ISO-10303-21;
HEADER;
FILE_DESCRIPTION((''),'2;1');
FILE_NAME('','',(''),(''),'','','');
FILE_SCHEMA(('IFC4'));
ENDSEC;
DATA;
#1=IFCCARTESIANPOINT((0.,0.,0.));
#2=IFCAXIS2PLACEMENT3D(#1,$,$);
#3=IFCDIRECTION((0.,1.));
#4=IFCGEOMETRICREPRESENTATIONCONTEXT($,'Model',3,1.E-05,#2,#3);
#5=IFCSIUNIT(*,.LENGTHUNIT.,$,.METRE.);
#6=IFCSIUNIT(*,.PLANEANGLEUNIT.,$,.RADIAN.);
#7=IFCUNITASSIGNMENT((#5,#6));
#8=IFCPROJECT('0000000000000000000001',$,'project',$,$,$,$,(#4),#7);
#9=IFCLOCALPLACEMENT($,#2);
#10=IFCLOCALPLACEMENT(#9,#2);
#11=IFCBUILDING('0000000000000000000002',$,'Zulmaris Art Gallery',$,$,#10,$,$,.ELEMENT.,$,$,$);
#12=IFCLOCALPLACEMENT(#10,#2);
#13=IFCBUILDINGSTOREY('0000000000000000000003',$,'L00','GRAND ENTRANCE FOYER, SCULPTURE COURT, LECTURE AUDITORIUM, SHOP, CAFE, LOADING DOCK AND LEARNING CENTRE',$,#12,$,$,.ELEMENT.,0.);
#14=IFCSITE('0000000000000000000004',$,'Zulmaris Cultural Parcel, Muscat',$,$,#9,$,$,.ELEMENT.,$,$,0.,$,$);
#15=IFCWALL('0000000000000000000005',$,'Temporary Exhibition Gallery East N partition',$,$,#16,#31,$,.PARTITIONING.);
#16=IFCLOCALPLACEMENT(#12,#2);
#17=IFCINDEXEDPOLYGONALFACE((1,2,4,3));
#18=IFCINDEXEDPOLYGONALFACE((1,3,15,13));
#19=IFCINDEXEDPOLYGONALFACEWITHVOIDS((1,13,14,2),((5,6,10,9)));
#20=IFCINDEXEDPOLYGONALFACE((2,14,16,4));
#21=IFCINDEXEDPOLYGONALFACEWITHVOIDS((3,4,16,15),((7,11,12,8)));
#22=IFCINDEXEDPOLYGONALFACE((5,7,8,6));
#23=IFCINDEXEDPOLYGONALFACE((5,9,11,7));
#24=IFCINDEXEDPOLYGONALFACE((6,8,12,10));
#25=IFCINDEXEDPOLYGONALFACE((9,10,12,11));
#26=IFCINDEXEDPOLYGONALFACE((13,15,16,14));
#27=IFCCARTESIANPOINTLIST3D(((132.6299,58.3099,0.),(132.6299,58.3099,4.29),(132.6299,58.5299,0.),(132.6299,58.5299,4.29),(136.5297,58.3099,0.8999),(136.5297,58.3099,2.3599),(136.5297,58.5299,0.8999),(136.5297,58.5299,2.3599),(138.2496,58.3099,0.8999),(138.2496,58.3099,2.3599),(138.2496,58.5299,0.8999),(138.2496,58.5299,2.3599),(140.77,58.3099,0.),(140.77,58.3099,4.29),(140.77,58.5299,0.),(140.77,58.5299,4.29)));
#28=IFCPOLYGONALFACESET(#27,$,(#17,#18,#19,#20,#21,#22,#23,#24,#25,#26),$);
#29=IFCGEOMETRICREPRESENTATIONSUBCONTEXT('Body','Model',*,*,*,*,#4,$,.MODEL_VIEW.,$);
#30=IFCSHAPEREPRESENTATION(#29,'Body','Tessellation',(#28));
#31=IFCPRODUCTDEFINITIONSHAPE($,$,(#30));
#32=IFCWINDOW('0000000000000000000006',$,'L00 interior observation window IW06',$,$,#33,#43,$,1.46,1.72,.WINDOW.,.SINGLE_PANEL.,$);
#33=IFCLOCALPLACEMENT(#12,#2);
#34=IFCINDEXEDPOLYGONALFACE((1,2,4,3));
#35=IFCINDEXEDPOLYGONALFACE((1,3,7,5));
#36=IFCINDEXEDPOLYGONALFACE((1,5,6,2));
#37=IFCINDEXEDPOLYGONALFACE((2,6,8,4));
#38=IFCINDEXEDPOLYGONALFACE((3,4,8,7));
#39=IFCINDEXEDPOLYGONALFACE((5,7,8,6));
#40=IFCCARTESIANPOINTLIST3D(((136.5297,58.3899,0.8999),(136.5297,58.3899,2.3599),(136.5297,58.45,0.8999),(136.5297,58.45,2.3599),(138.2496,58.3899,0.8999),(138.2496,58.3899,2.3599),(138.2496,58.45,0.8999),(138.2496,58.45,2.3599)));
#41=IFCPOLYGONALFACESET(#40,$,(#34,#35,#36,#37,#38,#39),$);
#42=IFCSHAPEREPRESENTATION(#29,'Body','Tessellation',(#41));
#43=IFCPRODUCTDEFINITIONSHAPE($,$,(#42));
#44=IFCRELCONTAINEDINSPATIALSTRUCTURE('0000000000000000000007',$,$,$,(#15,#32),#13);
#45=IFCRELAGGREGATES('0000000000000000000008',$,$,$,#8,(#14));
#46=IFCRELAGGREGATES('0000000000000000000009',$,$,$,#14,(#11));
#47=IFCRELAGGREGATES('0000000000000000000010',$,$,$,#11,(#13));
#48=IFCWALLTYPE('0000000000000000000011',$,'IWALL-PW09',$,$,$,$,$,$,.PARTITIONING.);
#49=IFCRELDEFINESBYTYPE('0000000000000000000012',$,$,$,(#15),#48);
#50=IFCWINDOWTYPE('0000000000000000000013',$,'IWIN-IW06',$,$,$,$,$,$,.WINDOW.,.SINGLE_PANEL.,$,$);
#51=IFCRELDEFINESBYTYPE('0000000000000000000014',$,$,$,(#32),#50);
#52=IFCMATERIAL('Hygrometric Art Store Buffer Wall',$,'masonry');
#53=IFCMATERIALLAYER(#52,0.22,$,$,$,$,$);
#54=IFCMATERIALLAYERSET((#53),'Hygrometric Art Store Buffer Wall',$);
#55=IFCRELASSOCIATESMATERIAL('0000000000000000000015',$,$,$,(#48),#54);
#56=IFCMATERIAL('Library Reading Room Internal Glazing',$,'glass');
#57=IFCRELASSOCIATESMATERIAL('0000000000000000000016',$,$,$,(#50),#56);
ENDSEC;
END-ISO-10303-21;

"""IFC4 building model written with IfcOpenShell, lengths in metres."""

from ifc_helpers import new_model, si_unit, direction, frame, frame_2d, origin, place, context, subcontext, project, spatial, rectangle, extrude, material, layer, layer_set, type_object, element, fill, save


model = new_model("IFC4")

# Units and contexts
model_context = context("Model", 3, precision=1e-05, world=origin(), true_north=direction((0.0, 1.0)))
body_context = subcontext(model_context, "Body", "Model", "MODEL_VIEW")
ifc_project = project(units=[si_unit("LENGTHUNIT", "METRE"), si_unit("PLANEANGLEUNIT", "RADIAN")], contexts=[model_context])

# Site, building, storey
site_placement = place(None, origin())
site = spatial("IfcSite", under=ifc_project, at=site_placement, Name="Zulmaris Cultural Parcel, Muscat", CompositionType="ELEMENT", RefElevation=0.0)
building_placement = place(site_placement, origin())
building = spatial("IfcBuilding", under=site, at=building_placement, Name="Zulmaris Art Gallery", CompositionType="ELEMENT")
storey_placement = place(building_placement, origin())
storey = spatial("IfcBuildingStorey", under=building, at=storey_placement, Name="L00", Description="GRAND ENTRANCE FOYER, SCULPTURE COURT, LECTURE AUDITORIUM, SHOP, CAFE, LOADING DOCK AND LEARNING CENTRE", CompositionType="ELEMENT", Elevation=0.0)

# Wall, opening, window
ifc_material_1 = material(Name="Hygrometric Art Store Buffer Wall", Category="masonry")
ifc_layer_1 = layer(ifc_material_1, 0.22)
ifc_layer_set_1 = layer_set([ifc_layer_1], Name="Hygrometric Art Store Buffer Wall")
wall_type = type_object("IfcWallType", Name="IWALL-PW09", PredefinedType="PARTITIONING", material=ifc_layer_set_1)
wall_placement = place(storey_placement, frame((132.6299, 58.4199, 0.0), z_axis=(0.0, 0.0, 1.0), x_axis=(1.0, 0.0, 0.0)))
wall = element("IfcWall", 1, at=wall_placement, inside=storey, type_object=wall_type, Name="Temporary Exhibition Gallery East N partition", PredefinedType="PARTITIONING", context=body_context, shape_type="SweptSolid", body=[
    extrude(rectangle(XDim=8.1401, YDim=0.22, at=frame_2d((4.0701, 0.0))), origin(), (0.0, 0.0, 1.0), 4.29),
])
opening_placement = place(wall_placement, frame((3.8999, 0.0, 0.8999)))
opening = element("IfcOpeningElement", 2, at=opening_placement, cuts=wall, PredefinedType="OPENING", context=body_context, shape_type="SweptSolid", body=[
    extrude(rectangle(XDim=1.72, YDim=1.46, at=frame_2d((0.8599, 0.73))), frame((0.0, 0.1199, 0.0), z_axis=(0.0, -1.0, 0.0), x_axis=(1.0, 0.0, 0.0)), (0.0, 0.0, 1.0), 0.24),
])
ifc_material_2 = material(Name="Library Reading Room Internal Glazing", Category="glass")
window_type = type_object("IfcWindowType", Name="IWIN-IW06", PartitioningType="SINGLE_PANEL", PredefinedType="WINDOW", material=ifc_material_2)
window_placement = place(opening_placement, origin())
window = element("IfcWindow", 3, at=window_placement, inside=storey, type_object=window_type, Name="L00 interior observation window IW06", OverallHeight=1.46, OverallWidth=1.72, PartitioningType="SINGLE_PANEL", PredefinedType="WINDOW", context=body_context, shape_type="SweptSolid", body=[
    extrude(rectangle(XDim=1.72, YDim=1.46, at=frame_2d((0.8599, 0.73))), frame((0.0, 0.03, 0.0), z_axis=(0.0, -1.0, 0.0), x_axis=(1.0, 0.0, 0.0)), (0.0, 0.0, 1.0), 0.0601),
])
fill(opening, window)

save(model, "model.ifc")
